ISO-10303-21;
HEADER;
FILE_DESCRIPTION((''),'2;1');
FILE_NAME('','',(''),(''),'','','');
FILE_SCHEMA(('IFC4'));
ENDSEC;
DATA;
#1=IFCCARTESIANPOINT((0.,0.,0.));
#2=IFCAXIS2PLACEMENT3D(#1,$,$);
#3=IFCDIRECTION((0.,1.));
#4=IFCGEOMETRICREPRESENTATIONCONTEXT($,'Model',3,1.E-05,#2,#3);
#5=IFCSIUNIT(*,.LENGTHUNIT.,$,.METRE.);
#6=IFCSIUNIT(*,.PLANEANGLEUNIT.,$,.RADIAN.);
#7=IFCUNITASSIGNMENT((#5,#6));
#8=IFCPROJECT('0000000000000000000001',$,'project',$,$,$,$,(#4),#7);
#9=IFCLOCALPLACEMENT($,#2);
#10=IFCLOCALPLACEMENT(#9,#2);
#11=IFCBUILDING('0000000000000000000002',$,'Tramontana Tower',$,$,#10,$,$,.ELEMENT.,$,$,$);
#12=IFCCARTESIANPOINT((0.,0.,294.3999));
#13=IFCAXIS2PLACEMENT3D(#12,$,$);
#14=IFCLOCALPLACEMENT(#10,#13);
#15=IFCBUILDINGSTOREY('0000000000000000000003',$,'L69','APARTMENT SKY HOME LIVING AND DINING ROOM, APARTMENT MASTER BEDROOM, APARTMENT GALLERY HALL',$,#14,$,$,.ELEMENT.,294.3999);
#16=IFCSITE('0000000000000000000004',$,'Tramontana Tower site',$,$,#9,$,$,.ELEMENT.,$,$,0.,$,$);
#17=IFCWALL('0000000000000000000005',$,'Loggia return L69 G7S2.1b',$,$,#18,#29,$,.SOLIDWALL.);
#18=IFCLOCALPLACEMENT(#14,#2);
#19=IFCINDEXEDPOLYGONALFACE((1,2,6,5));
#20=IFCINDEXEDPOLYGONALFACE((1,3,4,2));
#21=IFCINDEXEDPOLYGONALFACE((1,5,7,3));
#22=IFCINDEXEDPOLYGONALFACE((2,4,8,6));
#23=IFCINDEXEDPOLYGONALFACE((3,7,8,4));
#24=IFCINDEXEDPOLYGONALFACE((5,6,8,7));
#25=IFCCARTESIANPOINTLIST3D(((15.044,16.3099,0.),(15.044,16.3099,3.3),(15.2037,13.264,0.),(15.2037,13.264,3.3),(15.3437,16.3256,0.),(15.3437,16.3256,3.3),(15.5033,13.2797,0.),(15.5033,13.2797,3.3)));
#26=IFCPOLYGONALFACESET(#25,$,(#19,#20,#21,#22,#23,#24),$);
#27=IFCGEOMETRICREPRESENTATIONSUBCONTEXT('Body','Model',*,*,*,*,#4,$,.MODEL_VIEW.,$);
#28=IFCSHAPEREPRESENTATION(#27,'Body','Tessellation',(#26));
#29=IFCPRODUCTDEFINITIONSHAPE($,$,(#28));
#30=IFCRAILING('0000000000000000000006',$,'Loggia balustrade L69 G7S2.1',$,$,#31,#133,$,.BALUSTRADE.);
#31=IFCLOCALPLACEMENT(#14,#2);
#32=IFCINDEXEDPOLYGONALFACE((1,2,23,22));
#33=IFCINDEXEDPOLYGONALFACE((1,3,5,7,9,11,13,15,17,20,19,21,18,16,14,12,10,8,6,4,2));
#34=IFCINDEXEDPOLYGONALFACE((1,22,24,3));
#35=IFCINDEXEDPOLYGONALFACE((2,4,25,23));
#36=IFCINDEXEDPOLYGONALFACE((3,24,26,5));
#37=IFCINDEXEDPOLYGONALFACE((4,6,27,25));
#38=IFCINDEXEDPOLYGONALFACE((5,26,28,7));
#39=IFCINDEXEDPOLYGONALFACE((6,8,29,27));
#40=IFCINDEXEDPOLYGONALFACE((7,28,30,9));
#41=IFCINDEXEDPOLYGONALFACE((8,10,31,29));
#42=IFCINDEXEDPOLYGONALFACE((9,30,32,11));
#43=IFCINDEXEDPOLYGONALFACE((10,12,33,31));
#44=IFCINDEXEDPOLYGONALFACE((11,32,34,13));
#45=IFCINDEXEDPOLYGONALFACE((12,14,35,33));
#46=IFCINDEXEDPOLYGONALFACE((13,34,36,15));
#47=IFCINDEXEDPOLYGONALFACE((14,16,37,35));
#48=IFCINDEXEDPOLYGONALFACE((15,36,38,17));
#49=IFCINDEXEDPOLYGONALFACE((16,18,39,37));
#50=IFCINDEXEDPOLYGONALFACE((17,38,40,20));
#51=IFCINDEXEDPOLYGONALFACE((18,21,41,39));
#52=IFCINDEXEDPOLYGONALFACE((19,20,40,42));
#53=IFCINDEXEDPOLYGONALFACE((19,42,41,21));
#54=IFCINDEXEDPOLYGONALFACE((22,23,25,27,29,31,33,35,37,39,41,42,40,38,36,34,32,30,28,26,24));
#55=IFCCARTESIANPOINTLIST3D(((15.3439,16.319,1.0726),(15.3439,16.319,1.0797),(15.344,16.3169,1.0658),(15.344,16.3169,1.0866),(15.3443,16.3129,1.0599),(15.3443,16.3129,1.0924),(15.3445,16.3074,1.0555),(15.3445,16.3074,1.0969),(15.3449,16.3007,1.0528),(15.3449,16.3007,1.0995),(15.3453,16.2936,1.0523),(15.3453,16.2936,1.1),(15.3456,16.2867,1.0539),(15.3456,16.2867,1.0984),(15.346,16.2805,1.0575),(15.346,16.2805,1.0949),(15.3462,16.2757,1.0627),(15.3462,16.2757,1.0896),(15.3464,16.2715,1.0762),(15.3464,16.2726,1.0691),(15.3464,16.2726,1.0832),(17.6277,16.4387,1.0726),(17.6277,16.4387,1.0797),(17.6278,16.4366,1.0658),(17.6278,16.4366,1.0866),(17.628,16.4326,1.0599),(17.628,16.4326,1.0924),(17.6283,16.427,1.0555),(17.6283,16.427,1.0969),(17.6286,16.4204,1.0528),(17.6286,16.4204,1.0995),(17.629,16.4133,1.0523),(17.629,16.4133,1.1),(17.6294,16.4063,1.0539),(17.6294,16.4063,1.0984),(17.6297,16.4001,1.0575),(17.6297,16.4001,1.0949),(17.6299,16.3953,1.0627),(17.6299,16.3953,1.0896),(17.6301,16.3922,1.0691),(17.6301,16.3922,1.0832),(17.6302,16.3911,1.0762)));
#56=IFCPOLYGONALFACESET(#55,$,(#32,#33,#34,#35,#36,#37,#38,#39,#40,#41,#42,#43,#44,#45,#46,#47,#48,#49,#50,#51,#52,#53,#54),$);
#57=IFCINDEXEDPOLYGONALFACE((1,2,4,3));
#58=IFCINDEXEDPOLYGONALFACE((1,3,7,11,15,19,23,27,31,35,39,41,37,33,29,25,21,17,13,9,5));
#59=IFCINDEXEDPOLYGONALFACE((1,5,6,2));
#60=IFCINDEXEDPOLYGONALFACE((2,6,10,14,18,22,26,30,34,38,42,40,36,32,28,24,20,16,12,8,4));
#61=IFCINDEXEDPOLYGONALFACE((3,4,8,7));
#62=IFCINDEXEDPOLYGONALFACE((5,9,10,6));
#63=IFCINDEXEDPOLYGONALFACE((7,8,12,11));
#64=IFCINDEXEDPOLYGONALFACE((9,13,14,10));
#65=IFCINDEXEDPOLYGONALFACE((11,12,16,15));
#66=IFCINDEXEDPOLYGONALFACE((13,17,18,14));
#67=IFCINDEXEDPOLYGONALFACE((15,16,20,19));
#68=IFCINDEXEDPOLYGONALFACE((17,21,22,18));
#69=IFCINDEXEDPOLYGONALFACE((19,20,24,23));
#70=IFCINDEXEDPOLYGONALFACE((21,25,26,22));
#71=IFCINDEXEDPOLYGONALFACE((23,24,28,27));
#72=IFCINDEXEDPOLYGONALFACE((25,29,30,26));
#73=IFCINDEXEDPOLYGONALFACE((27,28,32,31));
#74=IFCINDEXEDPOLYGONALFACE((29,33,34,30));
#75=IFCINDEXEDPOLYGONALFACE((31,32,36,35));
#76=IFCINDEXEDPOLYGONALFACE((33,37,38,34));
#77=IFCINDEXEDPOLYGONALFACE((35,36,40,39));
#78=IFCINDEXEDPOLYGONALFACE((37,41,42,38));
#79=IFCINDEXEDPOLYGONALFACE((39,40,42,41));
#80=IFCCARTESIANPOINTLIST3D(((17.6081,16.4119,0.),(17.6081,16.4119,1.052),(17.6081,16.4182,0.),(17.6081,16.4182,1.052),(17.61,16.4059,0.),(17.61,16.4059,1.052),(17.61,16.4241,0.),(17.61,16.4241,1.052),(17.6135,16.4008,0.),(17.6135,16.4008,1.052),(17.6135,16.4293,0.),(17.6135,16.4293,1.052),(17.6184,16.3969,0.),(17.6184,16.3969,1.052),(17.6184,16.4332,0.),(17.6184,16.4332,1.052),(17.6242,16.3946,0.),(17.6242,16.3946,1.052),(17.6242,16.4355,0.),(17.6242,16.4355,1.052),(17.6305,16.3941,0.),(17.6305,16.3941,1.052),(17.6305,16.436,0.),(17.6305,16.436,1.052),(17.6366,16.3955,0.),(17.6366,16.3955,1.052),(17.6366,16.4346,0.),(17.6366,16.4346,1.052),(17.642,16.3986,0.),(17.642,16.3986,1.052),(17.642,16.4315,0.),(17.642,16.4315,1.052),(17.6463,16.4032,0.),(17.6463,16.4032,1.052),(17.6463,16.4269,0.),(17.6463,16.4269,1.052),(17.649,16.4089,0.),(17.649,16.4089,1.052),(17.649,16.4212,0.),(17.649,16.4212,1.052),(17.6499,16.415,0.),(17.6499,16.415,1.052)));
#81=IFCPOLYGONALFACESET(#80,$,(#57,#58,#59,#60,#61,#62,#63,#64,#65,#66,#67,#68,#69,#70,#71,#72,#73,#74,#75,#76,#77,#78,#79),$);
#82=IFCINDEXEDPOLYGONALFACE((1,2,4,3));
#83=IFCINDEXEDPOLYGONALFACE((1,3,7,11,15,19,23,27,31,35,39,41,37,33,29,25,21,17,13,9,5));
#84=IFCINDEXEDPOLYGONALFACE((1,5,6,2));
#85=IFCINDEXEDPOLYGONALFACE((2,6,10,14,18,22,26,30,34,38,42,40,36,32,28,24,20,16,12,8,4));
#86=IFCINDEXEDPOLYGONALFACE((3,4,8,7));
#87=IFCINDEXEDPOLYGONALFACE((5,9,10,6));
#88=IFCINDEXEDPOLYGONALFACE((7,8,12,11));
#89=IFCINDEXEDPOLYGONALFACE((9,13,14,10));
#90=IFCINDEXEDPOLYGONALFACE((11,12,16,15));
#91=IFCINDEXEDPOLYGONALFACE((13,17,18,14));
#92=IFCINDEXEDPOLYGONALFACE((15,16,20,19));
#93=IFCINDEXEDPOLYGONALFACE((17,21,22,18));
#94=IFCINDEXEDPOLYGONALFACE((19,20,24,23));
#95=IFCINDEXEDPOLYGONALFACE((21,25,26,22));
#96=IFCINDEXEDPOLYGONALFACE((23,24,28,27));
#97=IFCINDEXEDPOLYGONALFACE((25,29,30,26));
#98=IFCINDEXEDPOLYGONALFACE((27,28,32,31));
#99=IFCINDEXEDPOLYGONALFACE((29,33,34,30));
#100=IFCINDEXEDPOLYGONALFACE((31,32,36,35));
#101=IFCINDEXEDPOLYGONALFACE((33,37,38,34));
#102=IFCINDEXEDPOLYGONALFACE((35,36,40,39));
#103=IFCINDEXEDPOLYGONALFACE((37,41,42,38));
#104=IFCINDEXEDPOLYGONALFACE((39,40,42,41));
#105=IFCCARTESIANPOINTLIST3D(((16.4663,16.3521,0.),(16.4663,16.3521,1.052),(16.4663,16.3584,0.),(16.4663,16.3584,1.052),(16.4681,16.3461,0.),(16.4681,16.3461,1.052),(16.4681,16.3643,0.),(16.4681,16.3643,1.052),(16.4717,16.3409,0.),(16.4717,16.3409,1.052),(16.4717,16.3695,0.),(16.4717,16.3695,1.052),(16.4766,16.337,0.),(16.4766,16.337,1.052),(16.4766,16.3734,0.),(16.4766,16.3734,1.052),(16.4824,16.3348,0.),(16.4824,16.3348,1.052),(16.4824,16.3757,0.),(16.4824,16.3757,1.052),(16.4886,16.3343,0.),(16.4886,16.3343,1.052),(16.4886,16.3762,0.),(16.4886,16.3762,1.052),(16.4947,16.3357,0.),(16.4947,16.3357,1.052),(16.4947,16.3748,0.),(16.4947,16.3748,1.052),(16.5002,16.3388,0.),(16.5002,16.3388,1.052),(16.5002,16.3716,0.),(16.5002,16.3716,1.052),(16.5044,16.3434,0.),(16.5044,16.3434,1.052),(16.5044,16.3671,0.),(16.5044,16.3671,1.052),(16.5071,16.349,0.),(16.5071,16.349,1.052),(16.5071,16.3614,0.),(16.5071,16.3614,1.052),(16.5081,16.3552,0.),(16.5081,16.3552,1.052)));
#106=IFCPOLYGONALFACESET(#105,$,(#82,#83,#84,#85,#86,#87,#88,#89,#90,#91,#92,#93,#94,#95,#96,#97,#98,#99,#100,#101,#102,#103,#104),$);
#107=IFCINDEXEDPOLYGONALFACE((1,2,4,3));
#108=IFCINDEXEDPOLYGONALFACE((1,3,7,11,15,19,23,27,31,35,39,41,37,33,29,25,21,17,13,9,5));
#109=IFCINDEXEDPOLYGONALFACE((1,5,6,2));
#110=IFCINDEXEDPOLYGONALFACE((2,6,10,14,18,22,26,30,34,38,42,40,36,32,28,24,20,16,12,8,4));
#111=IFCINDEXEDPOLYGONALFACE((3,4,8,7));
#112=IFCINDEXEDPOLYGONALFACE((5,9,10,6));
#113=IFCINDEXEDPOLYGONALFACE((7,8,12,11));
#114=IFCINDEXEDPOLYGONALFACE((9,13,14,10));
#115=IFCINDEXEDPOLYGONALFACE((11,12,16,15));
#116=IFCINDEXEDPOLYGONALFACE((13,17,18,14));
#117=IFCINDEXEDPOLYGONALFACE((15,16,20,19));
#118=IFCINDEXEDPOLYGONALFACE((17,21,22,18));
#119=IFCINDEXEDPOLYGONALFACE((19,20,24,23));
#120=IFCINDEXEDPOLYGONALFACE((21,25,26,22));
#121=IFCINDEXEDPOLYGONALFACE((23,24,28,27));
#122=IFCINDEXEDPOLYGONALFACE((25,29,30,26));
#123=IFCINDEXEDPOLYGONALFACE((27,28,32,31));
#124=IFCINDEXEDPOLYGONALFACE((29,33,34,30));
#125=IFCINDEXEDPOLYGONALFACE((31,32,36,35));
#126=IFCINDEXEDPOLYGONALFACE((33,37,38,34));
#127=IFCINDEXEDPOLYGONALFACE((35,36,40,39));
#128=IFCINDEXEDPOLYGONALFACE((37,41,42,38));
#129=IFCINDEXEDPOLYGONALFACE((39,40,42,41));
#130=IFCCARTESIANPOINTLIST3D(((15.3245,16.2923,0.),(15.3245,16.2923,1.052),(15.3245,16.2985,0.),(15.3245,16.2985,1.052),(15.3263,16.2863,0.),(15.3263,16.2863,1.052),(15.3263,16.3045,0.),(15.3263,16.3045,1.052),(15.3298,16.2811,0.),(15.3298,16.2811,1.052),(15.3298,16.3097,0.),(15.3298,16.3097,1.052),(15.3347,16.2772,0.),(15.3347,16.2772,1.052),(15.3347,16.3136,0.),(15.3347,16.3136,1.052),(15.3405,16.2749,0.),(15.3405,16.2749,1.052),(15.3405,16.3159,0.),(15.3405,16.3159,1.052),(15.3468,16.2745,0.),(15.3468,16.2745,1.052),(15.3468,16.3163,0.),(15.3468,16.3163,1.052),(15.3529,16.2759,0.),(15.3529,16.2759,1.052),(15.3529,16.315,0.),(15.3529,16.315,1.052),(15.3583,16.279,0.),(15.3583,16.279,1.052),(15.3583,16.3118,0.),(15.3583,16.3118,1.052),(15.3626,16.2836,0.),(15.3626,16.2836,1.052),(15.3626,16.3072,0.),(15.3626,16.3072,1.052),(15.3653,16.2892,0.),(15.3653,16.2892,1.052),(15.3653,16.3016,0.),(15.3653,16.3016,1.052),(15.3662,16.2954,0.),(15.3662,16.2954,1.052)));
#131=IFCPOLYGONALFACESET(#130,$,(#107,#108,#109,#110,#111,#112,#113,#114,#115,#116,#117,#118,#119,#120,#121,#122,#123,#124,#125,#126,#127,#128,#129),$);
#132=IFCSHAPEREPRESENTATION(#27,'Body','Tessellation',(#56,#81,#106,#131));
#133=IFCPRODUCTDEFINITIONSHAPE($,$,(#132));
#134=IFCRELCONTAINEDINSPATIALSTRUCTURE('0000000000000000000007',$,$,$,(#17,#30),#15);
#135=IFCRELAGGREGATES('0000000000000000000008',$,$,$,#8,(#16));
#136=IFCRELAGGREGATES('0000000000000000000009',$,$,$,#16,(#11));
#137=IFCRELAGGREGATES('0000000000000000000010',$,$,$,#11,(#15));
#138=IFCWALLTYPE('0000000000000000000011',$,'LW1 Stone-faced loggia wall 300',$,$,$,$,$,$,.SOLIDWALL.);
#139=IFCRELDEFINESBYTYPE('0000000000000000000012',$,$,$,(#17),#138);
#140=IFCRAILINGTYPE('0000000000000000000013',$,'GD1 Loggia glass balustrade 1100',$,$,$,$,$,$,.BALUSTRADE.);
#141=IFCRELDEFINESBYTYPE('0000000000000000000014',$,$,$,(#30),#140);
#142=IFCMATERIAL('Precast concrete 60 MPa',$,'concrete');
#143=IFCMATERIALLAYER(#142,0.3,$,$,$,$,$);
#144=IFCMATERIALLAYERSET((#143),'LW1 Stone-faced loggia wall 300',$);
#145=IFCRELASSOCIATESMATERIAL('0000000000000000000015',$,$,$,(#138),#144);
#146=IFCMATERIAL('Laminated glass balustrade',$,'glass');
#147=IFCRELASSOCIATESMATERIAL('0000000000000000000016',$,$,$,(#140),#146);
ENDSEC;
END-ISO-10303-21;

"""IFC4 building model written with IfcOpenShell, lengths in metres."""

from ifc_helpers import new_model, si_unit, direction, frame, frame_2d, origin, origin_2d, place, context, subcontext, project, spatial, rectangle, circle, extrude, material, layer, layer_set, type_object, element, save


model = new_model("IFC4")

# Units and contexts
model_context = context("Model", 3, precision=1e-05, world=origin(), true_north=direction((0.0, 1.0)))
body_context = subcontext(model_context, "Body", "Model", "MODEL_VIEW")
ifc_project = project(units=[si_unit("LENGTHUNIT", "METRE"), si_unit("PLANEANGLEUNIT", "RADIAN")], contexts=[model_context])

# Site, building, storey
site_placement = place(None, origin())
site = spatial("IfcSite", under=ifc_project, at=site_placement, Name="Tramontana Tower site", CompositionType="ELEMENT", RefElevation=0.0)
building_placement = place(site_placement, origin())
building = spatial("IfcBuilding", under=site, at=building_placement, Name="Tramontana Tower", CompositionType="ELEMENT")
storey_placement = place(building_placement, frame((0.0, 0.0, 294.3999)))
storey = spatial("IfcBuildingStorey", under=building, at=storey_placement, Name="L69", Description="APARTMENT SKY HOME LIVING AND DINING ROOM, APARTMENT MASTER BEDROOM, APARTMENT GALLERY HALL", CompositionType="ELEMENT", Elevation=294.3999)

# Shared definitions
ifc_material_1 = material(Name="Precast concrete 60 MPa", Category="concrete")
ifc_layer_1 = layer(ifc_material_1, 0.3)
ifc_layer_set_1 = layer_set([ifc_layer_1], Name="LW1 Stone-faced loggia wall 300")
wall_type_1 = type_object("IfcWallType", Name="LW1 Stone-faced loggia wall 300", PredefinedType="SOLIDWALL", material=ifc_layer_set_1)

# Wall
wall_1_placement = place(storey_placement, frame((15.1938, 16.3176, 0.0), z_axis=(0.0, 0.0, 1.0), x_axis=(0.052349, -0.998629, 0.0)))
element("IfcWall", 1, at=wall_1_placement, inside=storey, type_object=wall_type_1, Name="Loggia return L69 G7S2.1b", PredefinedType="SOLIDWALL", context=body_context, shape_type="SweptSolid", body=[
    extrude(rectangle(XDim=3.05, YDim=0.3, at=frame_2d((1.5249, 0.0))), origin(), (0.0, 0.0, 1.0), 3.3),
])

# Railing
ifc_material_2 = material(Name="Laminated glass balustrade", Category="glass")
railing_type = type_object("IfcRailingType", Name="GD1 Loggia glass balustrade 1100", PredefinedType="BALUSTRADE", material=ifc_material_2)
railing_1_placement = place(storey_placement, frame((17.6289, 16.415, 0.0)))
element("IfcRailing", 2, at=railing_1_placement, inside=storey, type_object=railing_type, Name="Loggia balustrade L69 G7S2.1", PredefinedType="BALUSTRADE", context=body_context, shape_type="SweptSolid", body=[
    extrude(circle(Radius=0.0239, at=origin_2d()), frame((0.0, 0.0, 1.0762), z_axis=(-0.998631, -0.052312, 0.0), x_axis=(0.052312, -0.998631, 0.0)), (0.0, 0.0, 1.0), 2.2869),
    extrude(circle(Radius=0.021, at=origin_2d()), origin(), (0.0, 0.0, 1.0), 1.052),
    extrude(circle(Radius=0.021, at=origin_2d()), frame((-1.1418, -0.0598, 0.0)), (0.0, 0.0, 1.0), 1.052),
    extrude(circle(Radius=0.021, at=origin_2d()), frame((-2.2837, -0.1196, 0.0)), (0.0, 0.0, 1.0), 1.052),
])

save(model, "model.ifc")
